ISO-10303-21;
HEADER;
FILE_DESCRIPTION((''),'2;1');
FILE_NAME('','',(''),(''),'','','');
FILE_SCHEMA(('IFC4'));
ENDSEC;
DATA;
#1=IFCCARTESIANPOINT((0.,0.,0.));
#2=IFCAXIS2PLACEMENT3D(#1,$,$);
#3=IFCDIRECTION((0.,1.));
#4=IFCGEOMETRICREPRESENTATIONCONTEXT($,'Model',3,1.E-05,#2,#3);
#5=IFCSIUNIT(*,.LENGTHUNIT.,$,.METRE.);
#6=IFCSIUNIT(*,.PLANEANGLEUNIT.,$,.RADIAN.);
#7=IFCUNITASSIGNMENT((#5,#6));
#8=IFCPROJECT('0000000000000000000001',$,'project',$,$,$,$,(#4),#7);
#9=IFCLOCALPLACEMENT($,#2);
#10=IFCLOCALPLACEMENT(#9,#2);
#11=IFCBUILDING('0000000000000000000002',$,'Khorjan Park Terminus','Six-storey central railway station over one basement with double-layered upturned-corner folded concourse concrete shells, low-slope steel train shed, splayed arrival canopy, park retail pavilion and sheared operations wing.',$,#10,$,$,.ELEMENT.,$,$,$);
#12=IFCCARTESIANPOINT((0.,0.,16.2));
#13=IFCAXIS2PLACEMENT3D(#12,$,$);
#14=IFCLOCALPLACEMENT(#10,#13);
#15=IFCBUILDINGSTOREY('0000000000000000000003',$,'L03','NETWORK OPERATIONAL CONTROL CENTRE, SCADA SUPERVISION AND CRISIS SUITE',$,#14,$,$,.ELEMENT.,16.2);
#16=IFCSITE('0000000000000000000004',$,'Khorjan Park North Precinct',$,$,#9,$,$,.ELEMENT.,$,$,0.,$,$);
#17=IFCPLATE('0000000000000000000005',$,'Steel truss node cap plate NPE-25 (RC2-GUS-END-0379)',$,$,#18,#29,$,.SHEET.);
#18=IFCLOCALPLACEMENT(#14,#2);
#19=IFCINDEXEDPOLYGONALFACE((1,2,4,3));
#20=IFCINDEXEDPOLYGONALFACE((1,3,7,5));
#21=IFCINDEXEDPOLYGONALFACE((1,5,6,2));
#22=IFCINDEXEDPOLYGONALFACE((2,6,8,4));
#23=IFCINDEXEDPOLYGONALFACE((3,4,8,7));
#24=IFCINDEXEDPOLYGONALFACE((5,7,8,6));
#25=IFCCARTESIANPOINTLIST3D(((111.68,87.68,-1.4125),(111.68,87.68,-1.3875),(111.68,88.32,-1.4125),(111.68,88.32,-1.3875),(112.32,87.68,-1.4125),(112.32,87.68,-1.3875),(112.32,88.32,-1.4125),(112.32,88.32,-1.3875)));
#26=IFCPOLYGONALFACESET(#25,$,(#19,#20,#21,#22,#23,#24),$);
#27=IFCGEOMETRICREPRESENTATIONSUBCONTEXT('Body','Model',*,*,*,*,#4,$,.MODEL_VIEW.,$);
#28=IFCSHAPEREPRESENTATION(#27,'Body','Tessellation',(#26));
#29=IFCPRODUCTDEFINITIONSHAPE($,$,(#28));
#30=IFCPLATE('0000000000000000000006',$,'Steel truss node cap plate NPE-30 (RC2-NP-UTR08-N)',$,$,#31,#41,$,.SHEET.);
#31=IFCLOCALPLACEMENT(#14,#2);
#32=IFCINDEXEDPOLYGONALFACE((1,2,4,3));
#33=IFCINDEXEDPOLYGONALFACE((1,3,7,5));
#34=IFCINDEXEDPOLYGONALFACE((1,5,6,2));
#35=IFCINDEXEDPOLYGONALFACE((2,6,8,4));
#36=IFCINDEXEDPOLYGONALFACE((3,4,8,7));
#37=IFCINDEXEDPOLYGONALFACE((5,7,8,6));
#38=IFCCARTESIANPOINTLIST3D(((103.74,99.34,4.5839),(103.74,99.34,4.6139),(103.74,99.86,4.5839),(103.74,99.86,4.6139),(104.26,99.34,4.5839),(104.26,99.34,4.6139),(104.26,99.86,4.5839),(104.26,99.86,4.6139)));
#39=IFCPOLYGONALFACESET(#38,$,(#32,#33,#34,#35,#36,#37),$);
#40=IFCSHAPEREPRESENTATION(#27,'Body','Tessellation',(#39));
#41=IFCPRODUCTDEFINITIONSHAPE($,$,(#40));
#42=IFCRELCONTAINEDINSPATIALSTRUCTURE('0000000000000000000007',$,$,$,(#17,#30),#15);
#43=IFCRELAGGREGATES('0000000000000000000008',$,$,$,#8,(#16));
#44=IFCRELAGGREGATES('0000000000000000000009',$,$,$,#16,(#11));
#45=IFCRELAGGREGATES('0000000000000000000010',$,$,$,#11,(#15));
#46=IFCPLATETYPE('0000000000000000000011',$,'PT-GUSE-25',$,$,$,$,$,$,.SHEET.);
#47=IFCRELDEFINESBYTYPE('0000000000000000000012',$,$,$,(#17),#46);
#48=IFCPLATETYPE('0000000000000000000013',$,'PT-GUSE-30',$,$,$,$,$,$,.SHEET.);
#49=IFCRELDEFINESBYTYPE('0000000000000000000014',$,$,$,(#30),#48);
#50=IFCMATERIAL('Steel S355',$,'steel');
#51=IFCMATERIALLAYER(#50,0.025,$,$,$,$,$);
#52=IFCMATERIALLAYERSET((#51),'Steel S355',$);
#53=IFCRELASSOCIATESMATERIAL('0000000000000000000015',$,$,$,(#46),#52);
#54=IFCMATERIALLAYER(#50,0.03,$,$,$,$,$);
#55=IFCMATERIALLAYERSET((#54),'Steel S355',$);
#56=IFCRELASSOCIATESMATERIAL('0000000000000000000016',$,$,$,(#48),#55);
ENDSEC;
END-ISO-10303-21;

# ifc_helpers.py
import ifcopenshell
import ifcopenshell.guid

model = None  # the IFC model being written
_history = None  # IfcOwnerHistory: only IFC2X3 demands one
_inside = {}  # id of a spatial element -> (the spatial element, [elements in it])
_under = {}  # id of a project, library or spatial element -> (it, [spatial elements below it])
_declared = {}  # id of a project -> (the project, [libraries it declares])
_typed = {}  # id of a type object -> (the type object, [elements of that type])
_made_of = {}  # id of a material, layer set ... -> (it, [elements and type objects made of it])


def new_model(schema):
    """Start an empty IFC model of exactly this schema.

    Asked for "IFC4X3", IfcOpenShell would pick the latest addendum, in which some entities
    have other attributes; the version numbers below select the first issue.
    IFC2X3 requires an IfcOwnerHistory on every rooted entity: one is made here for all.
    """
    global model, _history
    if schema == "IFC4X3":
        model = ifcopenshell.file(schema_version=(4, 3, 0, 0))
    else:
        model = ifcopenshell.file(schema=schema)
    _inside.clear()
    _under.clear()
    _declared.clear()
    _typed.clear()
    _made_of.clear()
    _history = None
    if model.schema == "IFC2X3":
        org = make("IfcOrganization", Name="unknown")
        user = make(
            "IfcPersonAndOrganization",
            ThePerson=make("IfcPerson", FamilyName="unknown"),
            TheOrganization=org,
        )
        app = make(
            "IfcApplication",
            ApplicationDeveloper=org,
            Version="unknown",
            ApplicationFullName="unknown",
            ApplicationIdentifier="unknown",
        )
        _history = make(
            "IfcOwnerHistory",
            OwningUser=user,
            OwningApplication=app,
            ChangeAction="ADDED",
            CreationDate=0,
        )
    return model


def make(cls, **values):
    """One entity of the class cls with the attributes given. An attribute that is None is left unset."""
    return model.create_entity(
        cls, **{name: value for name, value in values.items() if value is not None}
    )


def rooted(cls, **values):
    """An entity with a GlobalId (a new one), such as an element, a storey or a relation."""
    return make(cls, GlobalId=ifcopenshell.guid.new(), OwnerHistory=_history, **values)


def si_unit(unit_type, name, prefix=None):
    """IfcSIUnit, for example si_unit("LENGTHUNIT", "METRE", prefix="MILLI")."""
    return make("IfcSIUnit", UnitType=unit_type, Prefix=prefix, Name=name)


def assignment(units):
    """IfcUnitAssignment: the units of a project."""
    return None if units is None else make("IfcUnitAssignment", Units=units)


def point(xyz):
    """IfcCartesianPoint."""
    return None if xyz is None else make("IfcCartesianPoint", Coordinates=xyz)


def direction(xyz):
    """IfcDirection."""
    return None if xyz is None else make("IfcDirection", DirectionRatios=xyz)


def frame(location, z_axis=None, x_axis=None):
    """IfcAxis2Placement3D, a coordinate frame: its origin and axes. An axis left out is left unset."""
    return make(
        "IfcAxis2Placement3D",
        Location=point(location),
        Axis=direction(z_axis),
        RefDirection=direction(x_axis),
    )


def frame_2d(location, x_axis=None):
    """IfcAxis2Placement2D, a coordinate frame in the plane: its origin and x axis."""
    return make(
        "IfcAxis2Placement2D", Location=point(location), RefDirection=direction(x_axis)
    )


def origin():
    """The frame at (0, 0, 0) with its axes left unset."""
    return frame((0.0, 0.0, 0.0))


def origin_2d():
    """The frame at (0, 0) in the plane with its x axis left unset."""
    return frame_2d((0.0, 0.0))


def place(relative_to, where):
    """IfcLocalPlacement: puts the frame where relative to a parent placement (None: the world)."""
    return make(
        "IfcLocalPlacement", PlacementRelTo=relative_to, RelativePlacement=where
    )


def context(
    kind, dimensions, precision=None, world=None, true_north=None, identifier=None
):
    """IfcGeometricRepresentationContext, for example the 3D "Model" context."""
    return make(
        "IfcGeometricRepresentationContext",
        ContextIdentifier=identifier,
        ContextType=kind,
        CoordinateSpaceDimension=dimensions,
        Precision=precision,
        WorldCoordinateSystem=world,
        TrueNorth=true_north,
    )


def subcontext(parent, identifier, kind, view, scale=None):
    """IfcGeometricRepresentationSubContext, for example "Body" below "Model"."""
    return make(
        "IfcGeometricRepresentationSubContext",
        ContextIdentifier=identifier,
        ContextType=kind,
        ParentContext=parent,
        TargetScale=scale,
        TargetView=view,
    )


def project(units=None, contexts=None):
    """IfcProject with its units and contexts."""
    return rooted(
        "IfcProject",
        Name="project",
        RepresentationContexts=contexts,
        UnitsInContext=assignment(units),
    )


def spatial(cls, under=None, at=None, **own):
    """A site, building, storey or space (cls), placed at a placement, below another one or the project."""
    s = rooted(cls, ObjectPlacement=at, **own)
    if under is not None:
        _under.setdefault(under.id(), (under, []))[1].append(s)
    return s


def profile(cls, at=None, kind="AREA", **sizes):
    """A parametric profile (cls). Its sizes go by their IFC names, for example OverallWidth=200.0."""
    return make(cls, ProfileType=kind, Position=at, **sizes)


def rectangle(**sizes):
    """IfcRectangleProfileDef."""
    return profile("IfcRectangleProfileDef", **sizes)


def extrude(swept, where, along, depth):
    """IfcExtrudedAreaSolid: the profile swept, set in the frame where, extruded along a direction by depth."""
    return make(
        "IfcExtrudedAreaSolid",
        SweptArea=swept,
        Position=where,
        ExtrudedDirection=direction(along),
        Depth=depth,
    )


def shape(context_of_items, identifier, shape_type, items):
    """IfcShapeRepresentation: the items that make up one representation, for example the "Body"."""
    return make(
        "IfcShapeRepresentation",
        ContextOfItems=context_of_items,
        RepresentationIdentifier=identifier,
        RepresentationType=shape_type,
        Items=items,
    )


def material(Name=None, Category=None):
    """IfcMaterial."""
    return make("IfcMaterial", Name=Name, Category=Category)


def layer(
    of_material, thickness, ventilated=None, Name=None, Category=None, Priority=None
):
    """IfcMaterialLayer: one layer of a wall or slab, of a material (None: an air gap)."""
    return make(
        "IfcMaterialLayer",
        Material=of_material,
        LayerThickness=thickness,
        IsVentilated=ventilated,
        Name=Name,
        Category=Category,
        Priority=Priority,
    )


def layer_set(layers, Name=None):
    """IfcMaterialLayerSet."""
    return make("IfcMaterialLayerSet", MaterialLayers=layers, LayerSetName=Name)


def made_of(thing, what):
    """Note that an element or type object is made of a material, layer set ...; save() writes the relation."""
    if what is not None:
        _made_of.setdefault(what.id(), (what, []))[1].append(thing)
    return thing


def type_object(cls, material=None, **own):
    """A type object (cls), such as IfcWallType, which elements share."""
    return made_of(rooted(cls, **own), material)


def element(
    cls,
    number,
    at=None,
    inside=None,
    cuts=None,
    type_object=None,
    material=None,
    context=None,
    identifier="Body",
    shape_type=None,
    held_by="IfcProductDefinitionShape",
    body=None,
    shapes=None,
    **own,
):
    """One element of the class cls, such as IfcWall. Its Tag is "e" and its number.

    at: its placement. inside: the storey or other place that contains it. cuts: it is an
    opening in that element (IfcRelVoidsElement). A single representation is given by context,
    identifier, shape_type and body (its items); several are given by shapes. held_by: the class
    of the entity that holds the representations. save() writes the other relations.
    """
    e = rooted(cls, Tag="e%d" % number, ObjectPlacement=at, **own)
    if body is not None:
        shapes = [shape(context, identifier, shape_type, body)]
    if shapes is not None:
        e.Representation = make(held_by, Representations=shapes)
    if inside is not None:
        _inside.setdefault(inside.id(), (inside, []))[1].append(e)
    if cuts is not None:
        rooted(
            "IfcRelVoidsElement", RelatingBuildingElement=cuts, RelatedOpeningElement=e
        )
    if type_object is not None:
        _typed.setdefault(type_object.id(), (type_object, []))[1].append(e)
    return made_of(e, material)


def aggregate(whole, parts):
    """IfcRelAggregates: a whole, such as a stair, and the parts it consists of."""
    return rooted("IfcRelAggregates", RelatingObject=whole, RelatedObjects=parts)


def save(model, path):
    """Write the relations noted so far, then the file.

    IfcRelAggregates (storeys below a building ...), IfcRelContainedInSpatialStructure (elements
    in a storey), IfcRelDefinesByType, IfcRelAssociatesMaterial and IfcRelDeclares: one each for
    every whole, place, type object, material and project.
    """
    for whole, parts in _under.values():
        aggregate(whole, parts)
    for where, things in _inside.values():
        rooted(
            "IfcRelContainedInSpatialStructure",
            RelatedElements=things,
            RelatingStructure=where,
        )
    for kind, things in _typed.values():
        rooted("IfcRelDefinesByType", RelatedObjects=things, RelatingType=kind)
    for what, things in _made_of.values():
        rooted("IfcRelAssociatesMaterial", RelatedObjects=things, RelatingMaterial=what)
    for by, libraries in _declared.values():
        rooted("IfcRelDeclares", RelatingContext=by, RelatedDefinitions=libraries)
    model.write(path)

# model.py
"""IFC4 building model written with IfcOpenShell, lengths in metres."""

from ifc_helpers import new_model, si_unit, direction, frame, origin, origin_2d, place, context, subcontext, project, spatial, rectangle, extrude, material, layer, layer_set, type_object, element, save


model = new_model("IFC4")

# Units and contexts
model_context = context("Model", 3, precision=1e-05, world=origin(), true_north=direction((0.0, 1.0)))
body_context = subcontext(model_context, "Body", "Model", "MODEL_VIEW")
ifc_project = project(units=[si_unit("LENGTHUNIT", "METRE"), si_unit("PLANEANGLEUNIT", "RADIAN")], contexts=[model_context])

# Site, building, storey
site_placement = place(None, origin())
site = spatial("IfcSite", under=ifc_project, at=site_placement, Name="Khorjan Park North Precinct", CompositionType="ELEMENT", RefElevation=0.0)
building_placement = place(site_placement, origin())
building = spatial("IfcBuilding", under=site, at=building_placement, Name="Khorjan Park Terminus", Description="Six-storey central railway station over one basement with double-layered upturned-corner folded concourse concrete shells, low-slope steel train shed, splayed arrival canopy, park retail pavilion and sheared operations wing.", CompositionType="ELEMENT")
storey_placement = place(building_placement, frame((0.0, 0.0, 16.2)))
storey = spatial("IfcBuildingStorey", under=building, at=storey_placement, Name="L03", Description="NETWORK OPERATIONAL CONTROL CENTRE, SCADA SUPERVISION AND CRISIS SUITE", CompositionType="ELEMENT", Elevation=16.2)

# Shared definitions
ifc_material_1 = material(Name="Steel S355", Category="steel")

# Plates
ifc_layer_1 = layer(ifc_material_1, 0.025)
ifc_layer_set_1 = layer_set([ifc_layer_1], Name="Steel S355")
plate_type_1 = type_object("IfcPlateType", Name="PT-GUSE-25", PredefinedType="SHEET", material=ifc_layer_set_1)
for number, where, z_axis, x_axis, name in (
    (1, (112.0, 88.0, -1.4125), (0.0, 0.0, 1.0), (1.0, 0.0, 0.0), "Steel truss node cap plate NPE-25 (RC2-GUS-END-0379)"),
):
    element("IfcPlate", number, at=place(storey_placement, frame(where, z_axis=z_axis, x_axis=x_axis)), inside=storey, type_object=plate_type_1, Name=name, PredefinedType="SHEET", context=body_context, shape_type="SweptSolid", body=[
        extrude(rectangle(XDim=0.64, YDim=0.64, at=origin_2d()), origin(), (0.0, 0.0, 1.0), 0.025),
    ])
ifc_layer_2 = layer(ifc_material_1, 0.03)
ifc_layer_set_2 = layer_set([ifc_layer_2], Name="Steel S355")
plate_type_2 = type_object("IfcPlateType", Name="PT-GUSE-30", PredefinedType="SHEET", material=ifc_layer_set_2)
plate_1_placement = place(storey_placement, frame((104.0, 99.6, 4.5839), z_axis=(0.0, 0.0, 1.0), x_axis=(1.0, 0.0, 0.0)))
element("IfcPlate", 2, at=plate_1_placement, inside=storey, type_object=plate_type_2, Name="Steel truss node cap plate NPE-30 (RC2-NP-UTR08-N)", PredefinedType="SHEET", context=body_context, shape_type="SweptSolid", body=[
    extrude(rectangle(XDim=0.52, YDim=0.52, at=origin_2d()), origin(), (0.0, 0.0, 1.0), 0.03),
])

save(model, "model.ifc")
